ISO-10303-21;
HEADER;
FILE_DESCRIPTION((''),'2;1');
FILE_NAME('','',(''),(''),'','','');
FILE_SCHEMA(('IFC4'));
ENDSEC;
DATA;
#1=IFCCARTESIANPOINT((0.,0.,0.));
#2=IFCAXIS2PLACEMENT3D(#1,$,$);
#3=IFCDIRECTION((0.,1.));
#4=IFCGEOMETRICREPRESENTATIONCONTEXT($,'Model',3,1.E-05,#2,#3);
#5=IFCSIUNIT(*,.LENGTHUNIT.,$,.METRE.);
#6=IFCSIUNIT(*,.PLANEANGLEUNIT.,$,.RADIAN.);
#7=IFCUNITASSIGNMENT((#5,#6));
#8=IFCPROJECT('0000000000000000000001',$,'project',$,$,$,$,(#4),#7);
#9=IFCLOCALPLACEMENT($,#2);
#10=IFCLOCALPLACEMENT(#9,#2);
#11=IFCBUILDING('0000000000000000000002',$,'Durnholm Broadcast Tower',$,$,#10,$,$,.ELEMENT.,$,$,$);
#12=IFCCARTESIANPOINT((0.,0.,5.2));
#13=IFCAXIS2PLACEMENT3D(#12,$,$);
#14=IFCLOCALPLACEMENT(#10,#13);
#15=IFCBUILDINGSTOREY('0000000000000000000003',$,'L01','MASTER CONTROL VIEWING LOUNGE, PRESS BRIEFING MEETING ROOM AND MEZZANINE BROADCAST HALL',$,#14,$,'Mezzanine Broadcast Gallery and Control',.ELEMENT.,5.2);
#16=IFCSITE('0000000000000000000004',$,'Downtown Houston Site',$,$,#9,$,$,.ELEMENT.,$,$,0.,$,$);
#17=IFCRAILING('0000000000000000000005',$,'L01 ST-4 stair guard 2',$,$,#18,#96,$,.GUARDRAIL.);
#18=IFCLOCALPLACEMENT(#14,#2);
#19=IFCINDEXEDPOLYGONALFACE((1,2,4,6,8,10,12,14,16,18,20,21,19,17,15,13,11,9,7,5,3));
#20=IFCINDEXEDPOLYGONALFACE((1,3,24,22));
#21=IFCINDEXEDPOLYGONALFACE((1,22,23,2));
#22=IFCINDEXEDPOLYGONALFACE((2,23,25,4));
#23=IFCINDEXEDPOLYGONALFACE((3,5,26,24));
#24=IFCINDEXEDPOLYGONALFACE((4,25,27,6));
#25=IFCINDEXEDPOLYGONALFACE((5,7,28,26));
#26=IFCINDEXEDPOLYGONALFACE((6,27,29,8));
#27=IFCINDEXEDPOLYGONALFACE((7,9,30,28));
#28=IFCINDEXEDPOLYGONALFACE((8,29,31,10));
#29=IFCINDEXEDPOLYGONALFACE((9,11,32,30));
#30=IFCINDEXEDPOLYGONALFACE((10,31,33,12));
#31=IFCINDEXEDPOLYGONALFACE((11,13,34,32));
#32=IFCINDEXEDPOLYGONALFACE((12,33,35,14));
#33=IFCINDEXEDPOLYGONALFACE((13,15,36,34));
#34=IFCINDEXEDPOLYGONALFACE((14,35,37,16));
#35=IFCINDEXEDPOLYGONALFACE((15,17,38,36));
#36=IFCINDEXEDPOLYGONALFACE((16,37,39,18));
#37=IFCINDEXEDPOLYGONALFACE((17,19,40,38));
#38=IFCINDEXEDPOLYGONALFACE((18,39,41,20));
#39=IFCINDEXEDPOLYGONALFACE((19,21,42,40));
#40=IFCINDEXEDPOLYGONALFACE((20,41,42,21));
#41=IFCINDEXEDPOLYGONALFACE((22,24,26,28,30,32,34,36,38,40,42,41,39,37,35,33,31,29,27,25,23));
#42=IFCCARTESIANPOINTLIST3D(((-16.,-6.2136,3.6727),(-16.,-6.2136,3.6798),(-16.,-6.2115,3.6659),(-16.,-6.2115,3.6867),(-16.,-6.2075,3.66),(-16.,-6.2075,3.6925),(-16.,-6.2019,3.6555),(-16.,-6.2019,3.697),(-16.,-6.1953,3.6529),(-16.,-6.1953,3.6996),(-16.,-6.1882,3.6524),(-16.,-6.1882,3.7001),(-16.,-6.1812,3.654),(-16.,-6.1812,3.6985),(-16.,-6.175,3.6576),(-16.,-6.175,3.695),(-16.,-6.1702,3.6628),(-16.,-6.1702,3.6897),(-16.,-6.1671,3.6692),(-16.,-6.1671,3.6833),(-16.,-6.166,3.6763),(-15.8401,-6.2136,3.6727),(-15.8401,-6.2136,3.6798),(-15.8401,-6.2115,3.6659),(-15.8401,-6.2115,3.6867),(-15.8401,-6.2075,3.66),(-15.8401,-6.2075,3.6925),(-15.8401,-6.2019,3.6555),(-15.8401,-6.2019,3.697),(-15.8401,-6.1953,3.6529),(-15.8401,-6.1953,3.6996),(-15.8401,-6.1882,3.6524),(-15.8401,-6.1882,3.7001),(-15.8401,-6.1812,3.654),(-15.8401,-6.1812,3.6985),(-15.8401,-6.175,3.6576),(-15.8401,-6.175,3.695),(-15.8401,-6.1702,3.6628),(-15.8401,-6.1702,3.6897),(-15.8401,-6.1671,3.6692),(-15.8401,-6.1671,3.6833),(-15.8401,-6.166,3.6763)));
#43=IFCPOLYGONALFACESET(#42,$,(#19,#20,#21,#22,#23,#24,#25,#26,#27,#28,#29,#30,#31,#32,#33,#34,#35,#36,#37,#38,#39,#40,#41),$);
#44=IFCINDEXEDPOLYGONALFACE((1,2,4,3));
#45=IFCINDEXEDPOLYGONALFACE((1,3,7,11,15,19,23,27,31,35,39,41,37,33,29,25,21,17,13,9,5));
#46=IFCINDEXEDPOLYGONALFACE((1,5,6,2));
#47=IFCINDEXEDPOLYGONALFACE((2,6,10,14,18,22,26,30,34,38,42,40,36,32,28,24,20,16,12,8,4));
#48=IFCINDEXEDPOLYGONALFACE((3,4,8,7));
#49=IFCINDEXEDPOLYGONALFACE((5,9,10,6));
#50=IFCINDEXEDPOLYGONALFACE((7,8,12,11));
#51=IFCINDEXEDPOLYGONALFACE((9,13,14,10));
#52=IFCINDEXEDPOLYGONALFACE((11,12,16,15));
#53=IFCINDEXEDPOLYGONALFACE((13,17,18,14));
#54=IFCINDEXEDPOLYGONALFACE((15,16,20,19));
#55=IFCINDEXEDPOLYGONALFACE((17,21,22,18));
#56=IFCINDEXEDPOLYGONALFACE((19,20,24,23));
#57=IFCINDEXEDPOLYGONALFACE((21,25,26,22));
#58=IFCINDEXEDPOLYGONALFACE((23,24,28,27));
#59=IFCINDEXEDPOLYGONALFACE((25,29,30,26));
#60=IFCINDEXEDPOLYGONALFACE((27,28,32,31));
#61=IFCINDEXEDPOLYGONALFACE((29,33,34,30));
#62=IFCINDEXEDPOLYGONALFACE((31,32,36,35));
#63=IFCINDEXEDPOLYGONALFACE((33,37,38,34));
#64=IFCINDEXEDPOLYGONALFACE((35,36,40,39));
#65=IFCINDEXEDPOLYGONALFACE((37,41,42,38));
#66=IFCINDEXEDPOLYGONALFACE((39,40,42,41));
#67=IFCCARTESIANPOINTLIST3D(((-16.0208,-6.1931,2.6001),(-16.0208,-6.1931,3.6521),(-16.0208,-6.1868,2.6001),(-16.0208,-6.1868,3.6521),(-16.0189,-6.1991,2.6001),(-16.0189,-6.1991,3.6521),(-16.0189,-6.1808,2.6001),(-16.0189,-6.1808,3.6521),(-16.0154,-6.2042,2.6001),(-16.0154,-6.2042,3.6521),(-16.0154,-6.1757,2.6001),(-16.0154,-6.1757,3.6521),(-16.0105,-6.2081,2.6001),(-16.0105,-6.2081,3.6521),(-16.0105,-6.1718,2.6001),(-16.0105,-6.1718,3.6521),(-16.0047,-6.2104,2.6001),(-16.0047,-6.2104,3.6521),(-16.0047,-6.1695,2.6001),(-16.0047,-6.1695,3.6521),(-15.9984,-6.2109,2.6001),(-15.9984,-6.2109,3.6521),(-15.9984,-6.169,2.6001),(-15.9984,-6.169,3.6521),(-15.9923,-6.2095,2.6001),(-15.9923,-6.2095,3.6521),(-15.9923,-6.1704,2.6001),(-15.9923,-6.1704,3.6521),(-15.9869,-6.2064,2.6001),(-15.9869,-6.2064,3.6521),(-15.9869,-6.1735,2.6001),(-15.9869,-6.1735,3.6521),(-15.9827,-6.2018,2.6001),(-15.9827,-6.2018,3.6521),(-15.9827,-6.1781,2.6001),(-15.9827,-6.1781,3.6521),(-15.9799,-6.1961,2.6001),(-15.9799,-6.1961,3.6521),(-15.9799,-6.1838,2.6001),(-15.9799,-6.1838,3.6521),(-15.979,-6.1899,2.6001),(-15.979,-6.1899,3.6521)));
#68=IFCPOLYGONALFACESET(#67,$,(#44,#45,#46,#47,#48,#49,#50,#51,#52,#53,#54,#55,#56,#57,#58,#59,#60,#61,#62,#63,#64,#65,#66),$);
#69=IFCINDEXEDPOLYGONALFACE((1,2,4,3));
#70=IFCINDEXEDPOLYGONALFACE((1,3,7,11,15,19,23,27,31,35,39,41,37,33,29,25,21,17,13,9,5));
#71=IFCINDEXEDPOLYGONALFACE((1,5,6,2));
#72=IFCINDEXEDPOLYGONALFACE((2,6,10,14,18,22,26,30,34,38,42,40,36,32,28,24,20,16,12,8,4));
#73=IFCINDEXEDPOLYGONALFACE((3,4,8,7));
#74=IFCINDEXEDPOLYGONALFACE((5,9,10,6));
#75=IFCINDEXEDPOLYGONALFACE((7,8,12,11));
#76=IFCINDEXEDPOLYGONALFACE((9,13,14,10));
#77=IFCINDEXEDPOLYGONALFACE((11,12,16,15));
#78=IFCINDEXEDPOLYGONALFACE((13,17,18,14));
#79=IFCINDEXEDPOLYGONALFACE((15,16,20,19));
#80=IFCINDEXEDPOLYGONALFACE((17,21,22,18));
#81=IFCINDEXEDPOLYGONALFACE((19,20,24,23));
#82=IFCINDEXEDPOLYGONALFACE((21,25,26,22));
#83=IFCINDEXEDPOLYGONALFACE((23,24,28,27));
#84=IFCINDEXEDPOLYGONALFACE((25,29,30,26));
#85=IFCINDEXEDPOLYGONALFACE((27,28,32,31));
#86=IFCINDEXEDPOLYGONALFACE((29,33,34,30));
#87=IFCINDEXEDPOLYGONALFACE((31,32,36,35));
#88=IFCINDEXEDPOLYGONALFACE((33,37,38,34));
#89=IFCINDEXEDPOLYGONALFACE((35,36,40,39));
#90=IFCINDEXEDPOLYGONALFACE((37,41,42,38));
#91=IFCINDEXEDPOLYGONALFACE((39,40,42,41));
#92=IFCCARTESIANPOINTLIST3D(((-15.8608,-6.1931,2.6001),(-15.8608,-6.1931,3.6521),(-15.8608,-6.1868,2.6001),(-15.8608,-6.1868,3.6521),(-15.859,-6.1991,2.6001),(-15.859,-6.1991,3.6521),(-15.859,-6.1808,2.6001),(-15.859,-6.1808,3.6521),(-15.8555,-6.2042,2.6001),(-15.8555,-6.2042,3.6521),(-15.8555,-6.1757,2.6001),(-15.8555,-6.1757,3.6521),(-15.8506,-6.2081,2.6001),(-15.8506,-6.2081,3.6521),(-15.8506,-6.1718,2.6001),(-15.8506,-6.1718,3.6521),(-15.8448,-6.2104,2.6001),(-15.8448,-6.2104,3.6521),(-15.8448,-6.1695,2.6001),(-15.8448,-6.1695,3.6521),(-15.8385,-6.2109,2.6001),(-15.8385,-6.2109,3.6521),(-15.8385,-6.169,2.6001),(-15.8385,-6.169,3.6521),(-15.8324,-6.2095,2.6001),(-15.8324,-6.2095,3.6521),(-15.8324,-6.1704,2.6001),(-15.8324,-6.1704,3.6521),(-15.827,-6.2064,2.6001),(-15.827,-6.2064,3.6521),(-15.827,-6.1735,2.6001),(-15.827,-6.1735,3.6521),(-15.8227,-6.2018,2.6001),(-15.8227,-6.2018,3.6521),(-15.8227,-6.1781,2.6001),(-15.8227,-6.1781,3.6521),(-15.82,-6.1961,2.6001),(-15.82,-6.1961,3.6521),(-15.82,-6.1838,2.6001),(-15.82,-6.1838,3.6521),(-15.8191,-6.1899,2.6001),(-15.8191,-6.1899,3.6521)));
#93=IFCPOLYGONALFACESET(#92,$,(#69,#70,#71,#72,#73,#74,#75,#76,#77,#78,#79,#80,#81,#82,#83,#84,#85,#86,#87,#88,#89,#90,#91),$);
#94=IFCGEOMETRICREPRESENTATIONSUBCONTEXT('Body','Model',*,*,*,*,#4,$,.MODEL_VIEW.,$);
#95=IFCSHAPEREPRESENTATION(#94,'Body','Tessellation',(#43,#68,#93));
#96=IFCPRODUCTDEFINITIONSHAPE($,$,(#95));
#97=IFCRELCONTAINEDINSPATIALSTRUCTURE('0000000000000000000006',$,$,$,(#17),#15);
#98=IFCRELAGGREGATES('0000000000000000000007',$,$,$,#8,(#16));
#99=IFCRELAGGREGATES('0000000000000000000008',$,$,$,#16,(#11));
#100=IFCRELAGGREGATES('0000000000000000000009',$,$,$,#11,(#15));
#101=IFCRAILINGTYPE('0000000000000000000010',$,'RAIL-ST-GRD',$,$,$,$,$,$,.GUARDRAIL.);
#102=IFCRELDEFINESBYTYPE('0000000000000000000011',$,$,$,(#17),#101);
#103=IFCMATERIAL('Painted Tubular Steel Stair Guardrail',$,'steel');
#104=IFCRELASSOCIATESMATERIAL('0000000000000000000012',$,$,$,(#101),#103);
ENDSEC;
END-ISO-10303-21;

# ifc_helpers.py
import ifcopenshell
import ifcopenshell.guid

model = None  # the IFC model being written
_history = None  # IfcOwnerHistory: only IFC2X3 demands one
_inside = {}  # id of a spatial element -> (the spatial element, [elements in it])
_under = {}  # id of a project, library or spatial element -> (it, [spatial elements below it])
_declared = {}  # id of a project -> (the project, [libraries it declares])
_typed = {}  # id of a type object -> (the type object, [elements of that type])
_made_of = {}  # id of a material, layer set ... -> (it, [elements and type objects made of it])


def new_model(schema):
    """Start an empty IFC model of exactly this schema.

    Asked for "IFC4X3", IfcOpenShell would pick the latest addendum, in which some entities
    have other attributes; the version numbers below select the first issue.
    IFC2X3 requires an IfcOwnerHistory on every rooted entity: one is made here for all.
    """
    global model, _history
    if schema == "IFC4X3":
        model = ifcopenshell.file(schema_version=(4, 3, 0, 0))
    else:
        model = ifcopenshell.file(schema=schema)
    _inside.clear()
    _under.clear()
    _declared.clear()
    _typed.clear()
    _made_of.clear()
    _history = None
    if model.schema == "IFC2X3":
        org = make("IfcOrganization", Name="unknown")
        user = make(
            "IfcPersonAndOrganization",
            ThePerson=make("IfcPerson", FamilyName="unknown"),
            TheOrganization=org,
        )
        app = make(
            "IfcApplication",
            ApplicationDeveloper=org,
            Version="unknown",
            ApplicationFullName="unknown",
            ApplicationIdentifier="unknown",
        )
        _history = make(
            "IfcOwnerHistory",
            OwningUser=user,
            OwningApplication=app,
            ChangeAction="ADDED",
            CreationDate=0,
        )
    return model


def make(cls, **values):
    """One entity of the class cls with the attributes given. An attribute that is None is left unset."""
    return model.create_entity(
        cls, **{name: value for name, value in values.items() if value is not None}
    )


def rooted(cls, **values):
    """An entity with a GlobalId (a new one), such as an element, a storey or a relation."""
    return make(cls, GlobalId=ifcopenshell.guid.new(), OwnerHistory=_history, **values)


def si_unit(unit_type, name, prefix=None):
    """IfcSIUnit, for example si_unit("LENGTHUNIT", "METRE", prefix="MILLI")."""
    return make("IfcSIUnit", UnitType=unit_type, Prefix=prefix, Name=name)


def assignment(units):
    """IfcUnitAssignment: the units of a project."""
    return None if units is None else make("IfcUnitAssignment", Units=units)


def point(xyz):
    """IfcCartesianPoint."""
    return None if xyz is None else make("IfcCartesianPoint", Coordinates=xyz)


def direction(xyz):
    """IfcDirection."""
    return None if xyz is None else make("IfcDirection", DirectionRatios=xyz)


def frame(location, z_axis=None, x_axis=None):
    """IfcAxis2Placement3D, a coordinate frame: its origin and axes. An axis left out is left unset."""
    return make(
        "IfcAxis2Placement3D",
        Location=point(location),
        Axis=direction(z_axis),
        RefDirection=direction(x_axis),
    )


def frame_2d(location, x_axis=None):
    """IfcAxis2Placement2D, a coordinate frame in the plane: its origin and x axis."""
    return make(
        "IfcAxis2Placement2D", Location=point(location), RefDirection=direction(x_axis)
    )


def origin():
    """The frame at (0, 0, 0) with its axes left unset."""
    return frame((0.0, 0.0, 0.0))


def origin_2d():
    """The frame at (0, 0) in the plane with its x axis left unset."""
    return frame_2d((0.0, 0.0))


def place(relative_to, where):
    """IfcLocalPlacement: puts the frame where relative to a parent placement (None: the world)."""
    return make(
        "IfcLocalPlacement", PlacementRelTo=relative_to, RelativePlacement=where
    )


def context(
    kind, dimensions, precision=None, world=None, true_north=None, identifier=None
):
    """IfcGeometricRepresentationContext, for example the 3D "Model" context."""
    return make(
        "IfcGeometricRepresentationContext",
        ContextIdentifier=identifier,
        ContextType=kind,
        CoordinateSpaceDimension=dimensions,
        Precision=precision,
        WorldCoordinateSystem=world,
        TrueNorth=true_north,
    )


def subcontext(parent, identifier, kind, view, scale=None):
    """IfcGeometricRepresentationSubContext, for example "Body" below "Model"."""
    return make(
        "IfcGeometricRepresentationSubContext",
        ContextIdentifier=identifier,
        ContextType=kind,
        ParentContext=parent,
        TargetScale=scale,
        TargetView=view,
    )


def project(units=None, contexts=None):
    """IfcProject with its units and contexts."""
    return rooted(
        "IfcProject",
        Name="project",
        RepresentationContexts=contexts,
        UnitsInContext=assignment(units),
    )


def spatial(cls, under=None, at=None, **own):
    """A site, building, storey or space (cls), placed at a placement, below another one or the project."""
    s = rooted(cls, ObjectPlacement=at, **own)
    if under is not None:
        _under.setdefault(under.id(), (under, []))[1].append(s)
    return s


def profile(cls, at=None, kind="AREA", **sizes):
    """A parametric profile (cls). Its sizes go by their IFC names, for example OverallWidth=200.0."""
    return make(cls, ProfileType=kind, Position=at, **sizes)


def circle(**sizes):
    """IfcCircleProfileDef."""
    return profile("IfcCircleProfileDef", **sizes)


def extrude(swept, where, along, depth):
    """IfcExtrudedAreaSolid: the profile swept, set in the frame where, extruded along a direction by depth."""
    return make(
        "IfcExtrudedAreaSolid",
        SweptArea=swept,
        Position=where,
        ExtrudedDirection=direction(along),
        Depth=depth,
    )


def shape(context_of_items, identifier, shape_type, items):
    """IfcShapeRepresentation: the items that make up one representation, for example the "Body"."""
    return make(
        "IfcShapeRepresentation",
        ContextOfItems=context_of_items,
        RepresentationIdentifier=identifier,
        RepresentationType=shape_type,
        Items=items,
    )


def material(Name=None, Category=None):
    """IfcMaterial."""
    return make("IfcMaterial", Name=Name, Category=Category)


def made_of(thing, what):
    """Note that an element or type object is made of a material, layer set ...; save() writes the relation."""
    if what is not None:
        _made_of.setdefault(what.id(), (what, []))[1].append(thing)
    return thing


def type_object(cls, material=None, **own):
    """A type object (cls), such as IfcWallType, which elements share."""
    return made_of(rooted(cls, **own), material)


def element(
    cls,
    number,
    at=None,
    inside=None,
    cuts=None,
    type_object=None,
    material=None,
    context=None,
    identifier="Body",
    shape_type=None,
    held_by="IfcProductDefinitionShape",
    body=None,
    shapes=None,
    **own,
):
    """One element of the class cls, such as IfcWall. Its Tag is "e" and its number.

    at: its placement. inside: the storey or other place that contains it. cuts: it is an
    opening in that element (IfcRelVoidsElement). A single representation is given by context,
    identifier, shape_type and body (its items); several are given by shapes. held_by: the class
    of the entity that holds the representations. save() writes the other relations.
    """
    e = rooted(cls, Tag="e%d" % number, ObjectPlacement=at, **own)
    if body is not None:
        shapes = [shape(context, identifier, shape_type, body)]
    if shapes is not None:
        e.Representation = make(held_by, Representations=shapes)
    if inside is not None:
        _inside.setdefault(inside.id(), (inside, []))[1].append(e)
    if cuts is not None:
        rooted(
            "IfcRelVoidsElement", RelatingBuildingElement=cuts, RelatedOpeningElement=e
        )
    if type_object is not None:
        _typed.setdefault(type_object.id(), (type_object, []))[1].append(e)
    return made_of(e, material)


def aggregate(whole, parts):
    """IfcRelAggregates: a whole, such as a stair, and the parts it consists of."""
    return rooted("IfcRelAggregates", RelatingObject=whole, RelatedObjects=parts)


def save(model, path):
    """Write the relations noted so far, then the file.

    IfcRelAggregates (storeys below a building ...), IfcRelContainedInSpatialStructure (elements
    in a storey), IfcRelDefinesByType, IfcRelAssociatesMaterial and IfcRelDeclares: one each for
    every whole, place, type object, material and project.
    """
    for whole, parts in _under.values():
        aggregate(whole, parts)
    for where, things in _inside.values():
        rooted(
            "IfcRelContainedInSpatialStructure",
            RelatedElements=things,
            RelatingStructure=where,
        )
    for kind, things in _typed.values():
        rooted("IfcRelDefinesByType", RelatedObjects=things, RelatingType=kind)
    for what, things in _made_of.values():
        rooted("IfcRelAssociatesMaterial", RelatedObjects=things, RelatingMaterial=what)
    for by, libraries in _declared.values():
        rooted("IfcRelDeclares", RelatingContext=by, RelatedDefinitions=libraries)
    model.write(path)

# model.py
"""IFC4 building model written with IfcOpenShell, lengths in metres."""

from ifc_helpers import new_model, si_unit, direction, frame, origin, origin_2d, place, context, subcontext, project, spatial, circle, extrude, material, type_object, element, save


model = new_model("IFC4")

# Units and contexts
model_context = context("Model", 3, precision=1e-05, world=origin(), true_north=direction((0.0, 1.0)))
body_context = subcontext(model_context, "Body", "Model", "MODEL_VIEW")
ifc_project = project(units=[si_unit("LENGTHUNIT", "METRE"), si_unit("PLANEANGLEUNIT", "RADIAN")], contexts=[model_context])

# Site, building, storey
site_placement = place(None, origin())
site = spatial("IfcSite", under=ifc_project, at=site_placement, Name="Downtown Houston Site", CompositionType="ELEMENT", RefElevation=0.0)
building_placement = place(site_placement, origin())
building = spatial("IfcBuilding", under=site, at=building_placement, Name="Durnholm Broadcast Tower", CompositionType="ELEMENT")
storey_placement = place(building_placement, frame((0.0, 0.0, 5.2)))
storey = spatial("IfcBuildingStorey", under=building, at=storey_placement, Name="L01", Description="MASTER CONTROL VIEWING LOUNGE, PRESS BRIEFING MEETING ROOM AND MEZZANINE BROADCAST HALL", LongName="Mezzanine Broadcast Gallery and Control", CompositionType="ELEMENT", Elevation=5.2)

# Railing
ifc_material_1 = material(Name="Painted Tubular Steel Stair Guardrail", Category="steel")
railing_type_1 = type_object("IfcRailingType", Name="RAIL-ST-GRD", PredefinedType="GUARDRAIL", material=ifc_material_1)
railing_1_placement = place(storey_placement, frame((-16.0, -6.1899, 2.6001)))
element("IfcRailing", 1, at=railing_1_placement, inside=storey, type_object=railing_type_1, Name="L01 ST-4 stair guard 2", PredefinedType="GUARDRAIL", context=body_context, shape_type="SweptSolid", body=[
    extrude(circle(Radius=0.0239, at=origin_2d()), frame((0.0, 0.0, 1.0762), z_axis=(1.0, 0.0, 0.0), x_axis=(0.0, 1.0, 0.0)), (0.0, 0.0, 1.0), 0.1599),
    extrude(circle(Radius=0.021, at=origin_2d()), origin(), (0.0, 0.0, 1.0), 1.052),
    extrude(circle(Radius=0.021, at=origin_2d()), frame((0.1599, 0.0, 0.0)), (0.0, 0.0, 1.0), 1.052),
])

save(model, "model.ifc")
